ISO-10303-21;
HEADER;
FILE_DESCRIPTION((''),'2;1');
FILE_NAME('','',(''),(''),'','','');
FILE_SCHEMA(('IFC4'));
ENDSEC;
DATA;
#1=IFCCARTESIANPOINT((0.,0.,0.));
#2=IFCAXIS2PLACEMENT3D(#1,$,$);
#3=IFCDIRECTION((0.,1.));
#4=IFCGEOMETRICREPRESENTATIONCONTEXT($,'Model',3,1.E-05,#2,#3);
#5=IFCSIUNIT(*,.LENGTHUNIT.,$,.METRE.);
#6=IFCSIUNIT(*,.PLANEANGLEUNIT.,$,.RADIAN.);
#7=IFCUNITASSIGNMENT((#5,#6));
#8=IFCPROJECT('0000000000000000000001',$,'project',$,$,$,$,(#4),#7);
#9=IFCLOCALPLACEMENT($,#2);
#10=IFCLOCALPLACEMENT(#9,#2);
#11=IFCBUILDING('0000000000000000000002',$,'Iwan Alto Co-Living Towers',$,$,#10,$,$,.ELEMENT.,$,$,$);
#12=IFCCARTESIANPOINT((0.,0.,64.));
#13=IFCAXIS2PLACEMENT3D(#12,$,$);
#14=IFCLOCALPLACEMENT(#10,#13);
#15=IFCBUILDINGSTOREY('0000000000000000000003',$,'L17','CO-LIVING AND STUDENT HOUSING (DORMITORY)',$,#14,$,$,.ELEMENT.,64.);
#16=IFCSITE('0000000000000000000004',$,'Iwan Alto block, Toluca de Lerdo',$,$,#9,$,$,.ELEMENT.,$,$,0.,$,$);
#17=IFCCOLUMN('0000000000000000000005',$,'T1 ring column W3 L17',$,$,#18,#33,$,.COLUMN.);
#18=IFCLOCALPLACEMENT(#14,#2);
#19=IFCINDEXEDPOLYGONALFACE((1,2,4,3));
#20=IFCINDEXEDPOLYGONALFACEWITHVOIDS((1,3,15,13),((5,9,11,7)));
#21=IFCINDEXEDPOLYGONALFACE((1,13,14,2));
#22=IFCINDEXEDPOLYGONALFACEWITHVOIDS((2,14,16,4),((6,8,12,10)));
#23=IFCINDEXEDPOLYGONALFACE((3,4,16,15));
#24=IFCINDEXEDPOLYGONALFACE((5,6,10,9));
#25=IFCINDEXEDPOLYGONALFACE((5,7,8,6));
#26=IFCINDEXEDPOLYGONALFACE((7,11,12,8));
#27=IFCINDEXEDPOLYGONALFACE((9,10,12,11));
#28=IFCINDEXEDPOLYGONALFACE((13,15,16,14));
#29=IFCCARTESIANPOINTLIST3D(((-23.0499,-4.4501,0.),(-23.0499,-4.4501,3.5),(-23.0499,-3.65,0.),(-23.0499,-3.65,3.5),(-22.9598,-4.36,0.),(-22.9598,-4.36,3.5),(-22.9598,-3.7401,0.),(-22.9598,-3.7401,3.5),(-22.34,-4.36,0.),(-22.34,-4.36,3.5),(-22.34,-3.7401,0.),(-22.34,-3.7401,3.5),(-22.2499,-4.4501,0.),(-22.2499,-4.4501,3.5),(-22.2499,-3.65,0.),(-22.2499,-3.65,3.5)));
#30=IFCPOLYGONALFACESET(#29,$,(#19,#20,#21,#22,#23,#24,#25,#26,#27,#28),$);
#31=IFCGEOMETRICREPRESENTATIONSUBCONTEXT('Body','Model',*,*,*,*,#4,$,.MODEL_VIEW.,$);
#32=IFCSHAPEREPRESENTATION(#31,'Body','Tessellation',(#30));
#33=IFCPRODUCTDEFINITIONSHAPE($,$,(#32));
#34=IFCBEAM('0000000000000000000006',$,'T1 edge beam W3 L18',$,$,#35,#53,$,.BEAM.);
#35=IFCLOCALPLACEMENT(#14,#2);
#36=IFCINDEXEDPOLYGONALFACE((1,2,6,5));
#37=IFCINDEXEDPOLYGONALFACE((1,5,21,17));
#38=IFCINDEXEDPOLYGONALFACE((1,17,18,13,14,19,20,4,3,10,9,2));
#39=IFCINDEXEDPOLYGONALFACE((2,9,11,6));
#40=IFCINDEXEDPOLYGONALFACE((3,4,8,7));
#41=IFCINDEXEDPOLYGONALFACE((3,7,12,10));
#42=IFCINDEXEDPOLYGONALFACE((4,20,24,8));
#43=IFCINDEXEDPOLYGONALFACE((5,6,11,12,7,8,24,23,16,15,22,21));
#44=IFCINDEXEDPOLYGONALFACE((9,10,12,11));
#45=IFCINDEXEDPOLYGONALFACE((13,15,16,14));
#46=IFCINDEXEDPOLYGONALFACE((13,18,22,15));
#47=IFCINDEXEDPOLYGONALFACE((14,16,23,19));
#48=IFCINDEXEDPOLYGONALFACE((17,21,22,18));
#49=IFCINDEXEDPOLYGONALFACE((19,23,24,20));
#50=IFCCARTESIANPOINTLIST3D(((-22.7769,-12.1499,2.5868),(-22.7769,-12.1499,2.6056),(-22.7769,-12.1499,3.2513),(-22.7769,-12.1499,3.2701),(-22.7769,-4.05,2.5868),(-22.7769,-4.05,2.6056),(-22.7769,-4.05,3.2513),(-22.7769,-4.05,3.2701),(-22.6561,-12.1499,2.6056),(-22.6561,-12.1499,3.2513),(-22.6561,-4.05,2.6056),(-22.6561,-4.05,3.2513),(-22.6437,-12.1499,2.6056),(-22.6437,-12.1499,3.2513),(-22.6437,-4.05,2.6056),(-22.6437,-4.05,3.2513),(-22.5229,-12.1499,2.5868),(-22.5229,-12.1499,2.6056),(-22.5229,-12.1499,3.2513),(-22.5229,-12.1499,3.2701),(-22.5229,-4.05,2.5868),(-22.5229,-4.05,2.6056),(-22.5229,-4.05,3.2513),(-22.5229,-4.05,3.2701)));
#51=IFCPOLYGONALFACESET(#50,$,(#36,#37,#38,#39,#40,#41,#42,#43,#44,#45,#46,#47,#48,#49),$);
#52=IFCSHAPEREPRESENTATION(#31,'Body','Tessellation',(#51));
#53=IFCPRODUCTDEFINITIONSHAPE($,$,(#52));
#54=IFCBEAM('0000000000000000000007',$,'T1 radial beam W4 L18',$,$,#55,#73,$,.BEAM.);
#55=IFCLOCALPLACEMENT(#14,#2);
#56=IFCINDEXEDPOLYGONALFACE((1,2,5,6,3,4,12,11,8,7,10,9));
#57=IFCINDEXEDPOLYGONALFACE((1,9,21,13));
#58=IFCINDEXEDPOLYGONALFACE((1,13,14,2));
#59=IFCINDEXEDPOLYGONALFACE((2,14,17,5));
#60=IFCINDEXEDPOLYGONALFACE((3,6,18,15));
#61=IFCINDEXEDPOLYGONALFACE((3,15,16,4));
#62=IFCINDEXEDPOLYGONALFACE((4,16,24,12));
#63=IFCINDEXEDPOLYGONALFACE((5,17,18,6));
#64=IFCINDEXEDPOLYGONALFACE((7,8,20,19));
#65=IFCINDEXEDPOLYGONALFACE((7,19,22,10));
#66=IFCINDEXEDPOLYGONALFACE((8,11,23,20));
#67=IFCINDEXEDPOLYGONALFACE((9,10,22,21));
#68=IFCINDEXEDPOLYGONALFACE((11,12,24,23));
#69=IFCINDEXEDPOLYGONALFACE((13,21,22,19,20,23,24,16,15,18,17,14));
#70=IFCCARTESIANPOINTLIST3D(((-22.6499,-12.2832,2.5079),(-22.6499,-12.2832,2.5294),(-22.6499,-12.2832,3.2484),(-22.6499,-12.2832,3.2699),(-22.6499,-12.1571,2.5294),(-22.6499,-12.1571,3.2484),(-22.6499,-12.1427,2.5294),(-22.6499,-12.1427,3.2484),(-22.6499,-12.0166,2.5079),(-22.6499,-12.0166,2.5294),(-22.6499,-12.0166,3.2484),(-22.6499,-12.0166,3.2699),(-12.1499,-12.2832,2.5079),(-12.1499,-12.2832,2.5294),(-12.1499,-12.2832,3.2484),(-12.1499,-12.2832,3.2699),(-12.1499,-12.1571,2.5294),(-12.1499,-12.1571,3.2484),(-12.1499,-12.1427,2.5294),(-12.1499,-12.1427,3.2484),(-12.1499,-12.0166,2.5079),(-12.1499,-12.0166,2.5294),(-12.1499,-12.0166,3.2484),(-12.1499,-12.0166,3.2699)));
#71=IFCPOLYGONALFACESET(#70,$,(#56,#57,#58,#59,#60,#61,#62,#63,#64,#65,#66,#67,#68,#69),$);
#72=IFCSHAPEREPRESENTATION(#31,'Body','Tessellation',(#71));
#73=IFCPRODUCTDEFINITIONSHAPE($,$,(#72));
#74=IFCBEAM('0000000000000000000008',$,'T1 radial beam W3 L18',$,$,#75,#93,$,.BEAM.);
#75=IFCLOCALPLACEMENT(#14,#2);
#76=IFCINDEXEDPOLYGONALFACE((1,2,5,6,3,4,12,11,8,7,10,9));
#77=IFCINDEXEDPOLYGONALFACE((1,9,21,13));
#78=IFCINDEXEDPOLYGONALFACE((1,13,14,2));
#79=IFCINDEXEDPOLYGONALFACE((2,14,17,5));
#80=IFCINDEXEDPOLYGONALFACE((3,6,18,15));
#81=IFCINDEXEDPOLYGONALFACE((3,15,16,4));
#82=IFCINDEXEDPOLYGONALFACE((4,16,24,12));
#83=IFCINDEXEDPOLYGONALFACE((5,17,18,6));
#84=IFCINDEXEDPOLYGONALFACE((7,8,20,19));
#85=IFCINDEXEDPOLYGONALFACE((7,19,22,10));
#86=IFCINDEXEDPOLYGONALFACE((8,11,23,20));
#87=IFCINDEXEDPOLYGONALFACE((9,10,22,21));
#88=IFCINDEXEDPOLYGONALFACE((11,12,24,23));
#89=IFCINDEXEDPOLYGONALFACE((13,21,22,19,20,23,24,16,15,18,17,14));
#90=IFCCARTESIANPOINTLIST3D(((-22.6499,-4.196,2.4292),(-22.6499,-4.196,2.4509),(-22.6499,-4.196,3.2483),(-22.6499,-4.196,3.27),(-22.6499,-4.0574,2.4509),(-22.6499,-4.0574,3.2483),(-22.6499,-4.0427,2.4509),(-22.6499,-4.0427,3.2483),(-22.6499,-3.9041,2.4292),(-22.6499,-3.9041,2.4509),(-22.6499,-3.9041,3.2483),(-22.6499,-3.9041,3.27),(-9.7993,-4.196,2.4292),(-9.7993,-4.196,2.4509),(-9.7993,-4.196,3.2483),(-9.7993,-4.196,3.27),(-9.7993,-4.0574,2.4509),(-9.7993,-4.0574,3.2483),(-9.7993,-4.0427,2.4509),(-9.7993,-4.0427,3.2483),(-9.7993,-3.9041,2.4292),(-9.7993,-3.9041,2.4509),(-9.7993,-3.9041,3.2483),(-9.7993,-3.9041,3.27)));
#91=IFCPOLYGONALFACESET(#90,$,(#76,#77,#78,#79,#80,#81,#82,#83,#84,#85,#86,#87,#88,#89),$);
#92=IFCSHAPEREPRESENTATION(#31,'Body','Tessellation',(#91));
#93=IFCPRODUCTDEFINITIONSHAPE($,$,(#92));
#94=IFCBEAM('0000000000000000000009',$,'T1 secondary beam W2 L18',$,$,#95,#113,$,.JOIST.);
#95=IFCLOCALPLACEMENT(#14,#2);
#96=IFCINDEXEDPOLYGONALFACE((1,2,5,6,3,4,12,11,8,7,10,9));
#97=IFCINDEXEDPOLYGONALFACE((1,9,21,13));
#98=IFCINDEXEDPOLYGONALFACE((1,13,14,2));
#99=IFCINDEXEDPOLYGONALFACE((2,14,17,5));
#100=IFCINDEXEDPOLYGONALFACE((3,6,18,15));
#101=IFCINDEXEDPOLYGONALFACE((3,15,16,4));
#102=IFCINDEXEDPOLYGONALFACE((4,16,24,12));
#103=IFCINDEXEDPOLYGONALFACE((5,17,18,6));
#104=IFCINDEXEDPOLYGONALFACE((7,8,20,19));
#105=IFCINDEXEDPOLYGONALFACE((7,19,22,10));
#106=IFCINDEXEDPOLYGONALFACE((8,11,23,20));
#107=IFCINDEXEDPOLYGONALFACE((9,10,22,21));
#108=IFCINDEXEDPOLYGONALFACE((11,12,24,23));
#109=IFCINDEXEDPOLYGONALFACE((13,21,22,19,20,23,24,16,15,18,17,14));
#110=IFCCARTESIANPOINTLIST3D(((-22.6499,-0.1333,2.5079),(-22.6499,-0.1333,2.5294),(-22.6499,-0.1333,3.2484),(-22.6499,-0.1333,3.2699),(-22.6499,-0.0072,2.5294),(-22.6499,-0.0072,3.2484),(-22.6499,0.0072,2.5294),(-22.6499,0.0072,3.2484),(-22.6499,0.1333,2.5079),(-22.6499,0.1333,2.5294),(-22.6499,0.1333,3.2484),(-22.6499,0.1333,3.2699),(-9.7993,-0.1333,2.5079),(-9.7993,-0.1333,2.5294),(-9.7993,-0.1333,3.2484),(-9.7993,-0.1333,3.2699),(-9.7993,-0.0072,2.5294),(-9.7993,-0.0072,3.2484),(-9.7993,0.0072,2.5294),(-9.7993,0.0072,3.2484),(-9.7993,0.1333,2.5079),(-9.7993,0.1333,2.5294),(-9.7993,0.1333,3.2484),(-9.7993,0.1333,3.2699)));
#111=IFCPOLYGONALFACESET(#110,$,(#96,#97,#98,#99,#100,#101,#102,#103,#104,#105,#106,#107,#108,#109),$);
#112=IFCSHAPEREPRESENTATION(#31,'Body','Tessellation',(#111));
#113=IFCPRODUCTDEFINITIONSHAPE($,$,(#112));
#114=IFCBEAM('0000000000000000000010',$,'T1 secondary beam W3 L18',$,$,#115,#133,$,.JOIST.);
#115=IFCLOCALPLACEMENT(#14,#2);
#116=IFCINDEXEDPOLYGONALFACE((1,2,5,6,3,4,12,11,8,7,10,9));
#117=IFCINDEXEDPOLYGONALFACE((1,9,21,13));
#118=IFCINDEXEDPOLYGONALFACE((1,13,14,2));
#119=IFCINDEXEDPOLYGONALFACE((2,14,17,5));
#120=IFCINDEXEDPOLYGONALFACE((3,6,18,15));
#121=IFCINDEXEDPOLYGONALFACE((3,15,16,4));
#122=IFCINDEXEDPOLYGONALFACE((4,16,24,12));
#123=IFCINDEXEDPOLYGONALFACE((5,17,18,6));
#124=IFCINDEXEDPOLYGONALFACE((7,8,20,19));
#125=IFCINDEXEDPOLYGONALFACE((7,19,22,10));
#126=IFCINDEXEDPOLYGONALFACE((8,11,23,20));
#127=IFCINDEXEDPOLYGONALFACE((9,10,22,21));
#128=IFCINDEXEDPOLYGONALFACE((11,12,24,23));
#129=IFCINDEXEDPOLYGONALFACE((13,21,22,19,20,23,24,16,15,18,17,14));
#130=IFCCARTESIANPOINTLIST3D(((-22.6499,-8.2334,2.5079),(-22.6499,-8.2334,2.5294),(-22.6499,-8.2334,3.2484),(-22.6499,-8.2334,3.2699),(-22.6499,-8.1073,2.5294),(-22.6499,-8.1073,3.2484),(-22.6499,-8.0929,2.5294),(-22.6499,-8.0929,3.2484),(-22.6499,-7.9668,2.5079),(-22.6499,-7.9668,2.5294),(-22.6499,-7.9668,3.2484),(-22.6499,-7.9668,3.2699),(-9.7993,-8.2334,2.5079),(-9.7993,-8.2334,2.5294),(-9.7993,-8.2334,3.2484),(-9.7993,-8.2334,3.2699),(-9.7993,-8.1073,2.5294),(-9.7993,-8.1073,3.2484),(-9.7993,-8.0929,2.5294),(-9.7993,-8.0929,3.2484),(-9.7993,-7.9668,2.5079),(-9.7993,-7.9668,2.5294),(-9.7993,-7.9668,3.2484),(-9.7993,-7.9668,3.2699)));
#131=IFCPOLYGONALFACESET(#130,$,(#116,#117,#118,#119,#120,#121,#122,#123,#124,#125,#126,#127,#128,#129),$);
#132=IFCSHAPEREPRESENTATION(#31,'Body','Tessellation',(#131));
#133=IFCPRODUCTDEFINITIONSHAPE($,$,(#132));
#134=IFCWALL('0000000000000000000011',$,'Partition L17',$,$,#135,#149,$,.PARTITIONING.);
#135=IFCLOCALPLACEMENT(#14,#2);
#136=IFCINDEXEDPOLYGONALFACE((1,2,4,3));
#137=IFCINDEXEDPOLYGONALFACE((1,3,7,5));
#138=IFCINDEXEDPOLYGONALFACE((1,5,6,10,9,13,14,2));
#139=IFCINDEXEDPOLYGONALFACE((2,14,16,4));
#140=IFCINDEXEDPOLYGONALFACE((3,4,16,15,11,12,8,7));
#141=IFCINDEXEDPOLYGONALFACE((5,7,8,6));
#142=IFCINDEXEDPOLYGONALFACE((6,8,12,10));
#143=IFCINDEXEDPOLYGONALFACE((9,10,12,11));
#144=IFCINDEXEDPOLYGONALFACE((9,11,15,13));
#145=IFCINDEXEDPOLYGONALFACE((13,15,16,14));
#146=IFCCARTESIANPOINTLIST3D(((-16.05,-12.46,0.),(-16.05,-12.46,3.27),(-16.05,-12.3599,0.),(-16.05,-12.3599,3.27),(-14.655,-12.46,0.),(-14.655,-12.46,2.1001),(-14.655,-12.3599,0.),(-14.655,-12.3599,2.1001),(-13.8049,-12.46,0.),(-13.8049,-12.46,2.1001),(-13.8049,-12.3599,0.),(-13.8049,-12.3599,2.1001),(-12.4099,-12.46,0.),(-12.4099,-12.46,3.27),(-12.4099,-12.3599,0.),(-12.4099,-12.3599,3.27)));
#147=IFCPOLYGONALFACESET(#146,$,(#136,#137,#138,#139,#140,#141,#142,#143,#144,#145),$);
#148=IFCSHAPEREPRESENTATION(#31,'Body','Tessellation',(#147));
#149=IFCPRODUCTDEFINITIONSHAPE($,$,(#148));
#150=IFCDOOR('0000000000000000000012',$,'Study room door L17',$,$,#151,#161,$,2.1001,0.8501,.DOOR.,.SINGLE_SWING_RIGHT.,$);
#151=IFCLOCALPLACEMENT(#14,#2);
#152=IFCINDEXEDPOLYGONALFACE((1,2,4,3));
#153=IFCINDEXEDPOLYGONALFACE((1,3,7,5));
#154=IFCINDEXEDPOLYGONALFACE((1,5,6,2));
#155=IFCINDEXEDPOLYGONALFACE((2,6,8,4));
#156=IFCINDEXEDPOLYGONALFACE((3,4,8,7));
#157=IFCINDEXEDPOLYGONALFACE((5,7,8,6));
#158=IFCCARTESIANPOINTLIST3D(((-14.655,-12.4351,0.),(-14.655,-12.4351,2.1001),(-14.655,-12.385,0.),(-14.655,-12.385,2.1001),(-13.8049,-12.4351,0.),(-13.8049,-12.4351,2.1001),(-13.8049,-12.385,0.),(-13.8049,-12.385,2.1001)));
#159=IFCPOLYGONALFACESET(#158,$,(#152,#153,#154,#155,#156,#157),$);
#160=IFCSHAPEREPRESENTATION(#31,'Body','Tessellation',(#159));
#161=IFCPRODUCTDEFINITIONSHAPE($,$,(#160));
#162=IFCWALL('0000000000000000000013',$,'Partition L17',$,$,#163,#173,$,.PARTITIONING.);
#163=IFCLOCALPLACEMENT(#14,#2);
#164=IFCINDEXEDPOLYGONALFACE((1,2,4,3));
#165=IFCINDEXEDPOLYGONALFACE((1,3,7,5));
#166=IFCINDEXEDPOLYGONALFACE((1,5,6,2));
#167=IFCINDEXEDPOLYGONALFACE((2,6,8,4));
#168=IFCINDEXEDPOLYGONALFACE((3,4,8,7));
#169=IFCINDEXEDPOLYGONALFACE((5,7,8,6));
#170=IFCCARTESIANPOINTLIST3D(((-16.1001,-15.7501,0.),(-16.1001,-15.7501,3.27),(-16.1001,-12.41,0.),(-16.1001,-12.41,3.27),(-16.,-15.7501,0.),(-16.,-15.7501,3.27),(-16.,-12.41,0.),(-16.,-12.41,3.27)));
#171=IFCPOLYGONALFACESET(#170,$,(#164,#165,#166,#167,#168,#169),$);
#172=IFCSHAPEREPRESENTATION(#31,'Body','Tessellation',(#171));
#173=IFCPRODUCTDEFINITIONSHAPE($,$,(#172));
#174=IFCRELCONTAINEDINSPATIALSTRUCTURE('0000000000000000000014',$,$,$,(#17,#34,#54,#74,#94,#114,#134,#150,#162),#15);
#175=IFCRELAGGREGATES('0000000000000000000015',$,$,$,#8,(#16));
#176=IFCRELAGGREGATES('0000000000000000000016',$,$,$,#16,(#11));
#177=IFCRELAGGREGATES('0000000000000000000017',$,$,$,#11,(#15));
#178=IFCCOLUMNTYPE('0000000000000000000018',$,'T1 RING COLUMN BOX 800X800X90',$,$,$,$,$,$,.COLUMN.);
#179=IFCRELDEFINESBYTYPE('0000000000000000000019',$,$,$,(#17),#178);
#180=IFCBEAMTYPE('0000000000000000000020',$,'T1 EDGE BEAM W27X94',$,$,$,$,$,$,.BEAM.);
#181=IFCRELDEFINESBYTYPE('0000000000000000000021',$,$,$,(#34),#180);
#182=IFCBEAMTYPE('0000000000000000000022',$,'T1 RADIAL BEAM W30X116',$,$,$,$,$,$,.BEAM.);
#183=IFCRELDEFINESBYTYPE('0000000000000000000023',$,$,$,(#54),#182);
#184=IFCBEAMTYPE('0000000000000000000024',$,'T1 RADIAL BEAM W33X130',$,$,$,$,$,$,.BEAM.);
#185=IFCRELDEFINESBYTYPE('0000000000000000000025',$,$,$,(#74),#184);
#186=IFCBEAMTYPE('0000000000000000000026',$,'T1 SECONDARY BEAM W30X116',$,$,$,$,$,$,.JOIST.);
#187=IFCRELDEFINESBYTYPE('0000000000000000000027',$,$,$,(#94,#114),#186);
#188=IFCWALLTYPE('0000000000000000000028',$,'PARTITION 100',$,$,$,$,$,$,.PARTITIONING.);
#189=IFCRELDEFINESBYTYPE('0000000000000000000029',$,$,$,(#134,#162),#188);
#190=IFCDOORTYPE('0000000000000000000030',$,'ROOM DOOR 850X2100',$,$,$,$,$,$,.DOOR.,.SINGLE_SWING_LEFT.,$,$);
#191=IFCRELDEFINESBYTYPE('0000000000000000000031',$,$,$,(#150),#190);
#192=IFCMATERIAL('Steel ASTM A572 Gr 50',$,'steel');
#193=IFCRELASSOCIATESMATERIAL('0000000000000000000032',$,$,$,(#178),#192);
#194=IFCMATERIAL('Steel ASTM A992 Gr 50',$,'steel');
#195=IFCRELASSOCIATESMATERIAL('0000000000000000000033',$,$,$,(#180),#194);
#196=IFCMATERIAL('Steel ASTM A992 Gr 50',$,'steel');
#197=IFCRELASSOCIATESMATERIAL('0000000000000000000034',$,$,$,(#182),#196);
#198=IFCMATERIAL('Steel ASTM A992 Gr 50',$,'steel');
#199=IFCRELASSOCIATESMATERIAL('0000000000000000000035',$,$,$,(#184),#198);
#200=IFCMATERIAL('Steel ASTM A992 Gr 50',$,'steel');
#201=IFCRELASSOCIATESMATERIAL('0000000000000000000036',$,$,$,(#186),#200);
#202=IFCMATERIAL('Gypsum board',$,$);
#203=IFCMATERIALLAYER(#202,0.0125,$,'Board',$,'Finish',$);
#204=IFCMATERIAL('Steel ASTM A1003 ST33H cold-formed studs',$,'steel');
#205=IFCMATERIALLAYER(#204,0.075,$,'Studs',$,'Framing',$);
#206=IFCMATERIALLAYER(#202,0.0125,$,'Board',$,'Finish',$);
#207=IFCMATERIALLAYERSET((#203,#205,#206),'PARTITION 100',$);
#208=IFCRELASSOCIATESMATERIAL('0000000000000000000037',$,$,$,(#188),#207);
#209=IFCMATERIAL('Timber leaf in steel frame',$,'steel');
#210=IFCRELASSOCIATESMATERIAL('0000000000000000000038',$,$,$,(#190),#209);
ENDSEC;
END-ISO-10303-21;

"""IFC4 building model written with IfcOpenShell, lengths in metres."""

from ifc_helpers import new_model, si_unit, direction, frame, frame_2d, origin, origin_2d, place, context, subcontext, project, spatial, rectangle, hollow_rectangle, i_section, extrude, material, layer, layer_set, material_profile, profile_set, type_object, element, fill, save


model = new_model("IFC4")

# Units and contexts
model_context = context("Model", 3, precision=1e-05, world=origin(), true_north=direction((0.0, 1.0)))
body_context = subcontext(model_context, "Body", "Model", "MODEL_VIEW")
ifc_project = project(units=[si_unit("LENGTHUNIT", "METRE"), si_unit("PLANEANGLEUNIT", "RADIAN")], contexts=[model_context])

# Site, building, storey
site_placement = place(None, origin())
site = spatial("IfcSite", under=ifc_project, at=site_placement, Name="Iwan Alto block, Toluca de Lerdo", CompositionType="ELEMENT", RefElevation=0.0)
building_placement = place(site_placement, origin())
building = spatial("IfcBuilding", under=site, at=building_placement, Name="Iwan Alto Co-Living Towers", CompositionType="ELEMENT")
storey_placement = place(building_placement, frame((0.0, 0.0, 64.0)))
storey = spatial("IfcBuildingStorey", under=building, at=storey_placement, Name="L17", Description="CO-LIVING AND STUDENT HOUSING (DORMITORY)", CompositionType="ELEMENT", Elevation=64.0)

# Column
ifc_material_1 = material(Name="Steel ASTM A572 Gr 50", Category="steel")
ifc_material_profile_1 = material_profile(ifc_material_1, hollow_rectangle(XDim=0.8, YDim=0.8, WallThickness=0.0901, at=origin_2d()), Name="BOX 800X800X90")
ifc_profile_set_1 = profile_set([ifc_material_profile_1], Name="Steel ASTM A572 Gr 50")
column_type = type_object("IfcColumnType", Name="T1 RING COLUMN BOX 800X800X90", PredefinedType="COLUMN", material=ifc_profile_set_1)
column_placement = place(storey_placement, frame((-22.6499, -4.05, 0.0), z_axis=(0.0, 0.0, 1.0), x_axis=(1.0, 0.0, 0.0)))
element("IfcColumn", 1, at=column_placement, inside=storey, type_object=column_type, Name="T1 ring column W3 L17", PredefinedType="COLUMN", context=body_context, shape_type="SweptSolid", body=[
    extrude(hollow_rectangle(XDim=0.8, YDim=0.8, WallThickness=0.0901, at=origin_2d()), origin(), (0.0, 0.0, 1.0), 3.5),
])

# Beams
ifc_material_2 = material(Name="Steel ASTM A992 Gr 50", Category="steel")
ifc_material_profile_2 = material_profile(ifc_material_2, i_section(OverallWidth=0.2539, OverallDepth=0.6833, WebThickness=0.0125, FlangeThickness=0.0188, at=origin_2d()), Name="W27X94")
ifc_profile_set_2 = profile_set([ifc_material_profile_2], Name="Steel ASTM A992 Gr 50")
beam_type_1 = type_object("IfcBeamType", Name="T1 EDGE BEAM W27X94", PredefinedType="BEAM", material=ifc_profile_set_2)
beam_1_placement = place(storey_placement, frame((-22.6499, -4.05, 2.9285), z_axis=(0.0, -1.0, 0.0), x_axis=(1.0, 0.0, 0.0)))
element("IfcBeam", 2, at=beam_1_placement, inside=storey, type_object=beam_type_1, Name="T1 edge beam W3 L18", PredefinedType="BEAM", context=body_context, shape_type="SweptSolid", body=[
    extrude(i_section(OverallWidth=0.2539, OverallDepth=0.6833, WebThickness=0.0125, FlangeThickness=0.0188, at=origin_2d()), origin(), (0.0, 0.0, 1.0), 8.0999),
])
ifc_material_3 = material(Name="Steel ASTM A992 Gr 50", Category="steel")
ifc_material_profile_3 = material_profile(ifc_material_3, i_section(OverallWidth=0.2666, OverallDepth=0.762, WebThickness=0.0144, FlangeThickness=0.0215, at=origin_2d()), Name="W30X116")
ifc_profile_set_3 = profile_set([ifc_material_profile_3], Name="Steel ASTM A992 Gr 50")
beam_type_2 = type_object("IfcBeamType", Name="T1 RADIAL BEAM W30X116", PredefinedType="BEAM", material=ifc_profile_set_3)
beam_2_placement = place(storey_placement, frame((-22.6499, -12.1499, 2.8889), z_axis=(1.0, 0.0, 0.0), x_axis=(0.0, 1.0, 0.0)))
element("IfcBeam", 3, at=beam_2_placement, inside=storey, type_object=beam_type_2, Name="T1 radial beam W4 L18", PredefinedType="BEAM", context=body_context, shape_type="SweptSolid", body=[
    extrude(i_section(OverallWidth=0.2666, OverallDepth=0.762, WebThickness=0.0144, FlangeThickness=0.0215, at=origin_2d()), origin(), (0.0, 0.0, 1.0), 10.5),
])
ifc_material_4 = material(Name="Steel ASTM A992 Gr 50", Category="steel")
ifc_material_profile_4 = material_profile(ifc_material_4, i_section(OverallWidth=0.292, OverallDepth=0.8408, WebThickness=0.0146, FlangeThickness=0.0217, at=origin_2d()), Name="W33X130")
ifc_profile_set_4 = profile_set([ifc_material_profile_4], Name="Steel ASTM A992 Gr 50")
beam_type_3 = type_object("IfcBeamType", Name="T1 RADIAL BEAM W33X130", PredefinedType="BEAM", material=ifc_profile_set_4)
beam_3_placement = place(storey_placement, frame((-22.6499, -4.05, 2.8496), z_axis=(1.0, 0.0, 0.0), x_axis=(0.0, 1.0, 0.0)))
element("IfcBeam", 4, at=beam_3_placement, inside=storey, type_object=beam_type_3, Name="T1 radial beam W3 L18", PredefinedType="BEAM", context=body_context, shape_type="SweptSolid", body=[
    extrude(i_section(OverallWidth=0.292, OverallDepth=0.8408, WebThickness=0.0146, FlangeThickness=0.0217, at=origin_2d()), origin(), (0.0, 0.0, 1.0), 12.8506),
])
ifc_material_5 = material(Name="Steel ASTM A992 Gr 50", Category="steel")
ifc_material_profile_5 = material_profile(ifc_material_5, i_section(OverallWidth=0.2666, OverallDepth=0.762, WebThickness=0.0144, FlangeThickness=0.0215, at=origin_2d()), Name="W30X116")
ifc_profile_set_5 = profile_set([ifc_material_profile_5], Name="Steel ASTM A992 Gr 50")
beam_type_4 = type_object("IfcBeamType", Name="T1 SECONDARY BEAM W30X116", PredefinedType="JOIST", material=ifc_profile_set_5)
for number, where, z_axis, x_axis, name in (
    (5, (-22.6499, 0.0, 2.8889), (1.0, 0.0, 0.0), (0.0, 1.0, 0.0), "T1 secondary beam W2 L18"),
    (6, (-22.6499, -8.1001, 2.8889), (1.0, 0.0, 0.0), (0.0, 1.0, 0.0), "T1 secondary beam W3 L18"),
):
    element("IfcBeam", number, at=place(storey_placement, frame(where, z_axis=z_axis, x_axis=x_axis)), inside=storey, type_object=beam_type_4, Name=name, PredefinedType="JOIST", context=body_context, shape_type="SweptSolid", body=[
        extrude(i_section(OverallWidth=0.2666, OverallDepth=0.762, WebThickness=0.0144, FlangeThickness=0.0215, at=origin_2d()), origin(), (0.0, 0.0, 1.0), 12.8506),
    ])

# Wall, opening, door
ifc_material_6 = material(Name="Gypsum board")
ifc_layer_1 = layer(ifc_material_6, 0.0125, Name="Board", Category="Finish")
ifc_material_7 = material(Name="Steel ASTM A1003 ST33H cold-formed studs", Category="steel")
ifc_layer_2 = layer(ifc_material_7, 0.075, Name="Studs", Category="Framing")
ifc_layer_3 = layer(ifc_material_6, 0.0125, Name="Board", Category="Finish")
ifc_layer_set_1 = layer_set([ifc_layer_1, ifc_layer_2, ifc_layer_3], Name="PARTITION 100")
wall_type_1 = type_object("IfcWallType", Name="PARTITION 100", PredefinedType="PARTITIONING", material=ifc_layer_set_1)
wall_1_placement = place(storey_placement, frame((-16.05, -12.4099, 0.0), z_axis=(0.0, 0.0, 1.0), x_axis=(1.0, 0.0, 0.0)))
wall_1 = element("IfcWall", 7, at=wall_1_placement, inside=storey, type_object=wall_type_1, Name="Partition L17", PredefinedType="PARTITIONING", context=body_context, shape_type="SweptSolid", body=[
    extrude(rectangle(XDim=3.6401, YDim=0.1001, at=frame_2d((1.8201, 0.0))), origin(), (0.0, 0.0, 1.0), 3.27),
])
opening_1_placement = place(wall_1_placement, frame((1.395, 0.0, 0.0)))
opening_1 = element("IfcOpeningElement", 8, at=opening_1_placement, cuts=wall_1, PredefinedType="OPENING", context=body_context, shape_type="SweptSolid", body=[
    extrude(rectangle(XDim=0.8501, YDim=2.1001, at=frame_2d((0.425, 1.05))), frame((0.0, 0.0601, 0.0), z_axis=(0.0, -1.0, 0.0), x_axis=(1.0, 0.0, 0.0)), (0.0, 0.0, 1.0), 0.1201),
])
ifc_material_8 = material(Name="Timber leaf in steel frame", Category="steel")
door_type_1 = type_object("IfcDoorType", Name="ROOM DOOR 850X2100", OperationType="SINGLE_SWING_LEFT", PredefinedType="DOOR", material=ifc_material_8)
door_1_placement = place(opening_1_placement, origin())
door_1 = element("IfcDoor", 9, at=door_1_placement, inside=storey, type_object=door_type_1, Name="Study room door L17", OperationType="SINGLE_SWING_RIGHT", OverallHeight=2.1001, OverallWidth=0.8501, PredefinedType="DOOR", context=body_context, shape_type="SweptSolid", body=[
    extrude(rectangle(XDim=0.8501, YDim=2.1001, at=frame_2d((0.425, 1.05))), frame((0.0, 0.0249, 0.0), z_axis=(0.0, -1.0, 0.0), x_axis=(1.0, 0.0, 0.0)), (0.0, 0.0, 1.0), 0.05),
])
fill(opening_1, door_1)

# Wall
wall_2_placement = place(storey_placement, frame((-16.05, -15.75, 0.0), z_axis=(0.0, 0.0, 1.0), x_axis=(0.0, 1.0, 0.0)))
element("IfcWall", 10, at=wall_2_placement, inside=storey, type_object=wall_type_1, Name="Partition L17", PredefinedType="PARTITIONING", context=body_context, shape_type="SweptSolid", body=[
    extrude(rectangle(XDim=3.3401, YDim=0.1001, at=frame_2d((1.6699, 0.0))), origin(), (0.0, 0.0, 1.0), 3.27),
])

save(model, "model.ifc")
